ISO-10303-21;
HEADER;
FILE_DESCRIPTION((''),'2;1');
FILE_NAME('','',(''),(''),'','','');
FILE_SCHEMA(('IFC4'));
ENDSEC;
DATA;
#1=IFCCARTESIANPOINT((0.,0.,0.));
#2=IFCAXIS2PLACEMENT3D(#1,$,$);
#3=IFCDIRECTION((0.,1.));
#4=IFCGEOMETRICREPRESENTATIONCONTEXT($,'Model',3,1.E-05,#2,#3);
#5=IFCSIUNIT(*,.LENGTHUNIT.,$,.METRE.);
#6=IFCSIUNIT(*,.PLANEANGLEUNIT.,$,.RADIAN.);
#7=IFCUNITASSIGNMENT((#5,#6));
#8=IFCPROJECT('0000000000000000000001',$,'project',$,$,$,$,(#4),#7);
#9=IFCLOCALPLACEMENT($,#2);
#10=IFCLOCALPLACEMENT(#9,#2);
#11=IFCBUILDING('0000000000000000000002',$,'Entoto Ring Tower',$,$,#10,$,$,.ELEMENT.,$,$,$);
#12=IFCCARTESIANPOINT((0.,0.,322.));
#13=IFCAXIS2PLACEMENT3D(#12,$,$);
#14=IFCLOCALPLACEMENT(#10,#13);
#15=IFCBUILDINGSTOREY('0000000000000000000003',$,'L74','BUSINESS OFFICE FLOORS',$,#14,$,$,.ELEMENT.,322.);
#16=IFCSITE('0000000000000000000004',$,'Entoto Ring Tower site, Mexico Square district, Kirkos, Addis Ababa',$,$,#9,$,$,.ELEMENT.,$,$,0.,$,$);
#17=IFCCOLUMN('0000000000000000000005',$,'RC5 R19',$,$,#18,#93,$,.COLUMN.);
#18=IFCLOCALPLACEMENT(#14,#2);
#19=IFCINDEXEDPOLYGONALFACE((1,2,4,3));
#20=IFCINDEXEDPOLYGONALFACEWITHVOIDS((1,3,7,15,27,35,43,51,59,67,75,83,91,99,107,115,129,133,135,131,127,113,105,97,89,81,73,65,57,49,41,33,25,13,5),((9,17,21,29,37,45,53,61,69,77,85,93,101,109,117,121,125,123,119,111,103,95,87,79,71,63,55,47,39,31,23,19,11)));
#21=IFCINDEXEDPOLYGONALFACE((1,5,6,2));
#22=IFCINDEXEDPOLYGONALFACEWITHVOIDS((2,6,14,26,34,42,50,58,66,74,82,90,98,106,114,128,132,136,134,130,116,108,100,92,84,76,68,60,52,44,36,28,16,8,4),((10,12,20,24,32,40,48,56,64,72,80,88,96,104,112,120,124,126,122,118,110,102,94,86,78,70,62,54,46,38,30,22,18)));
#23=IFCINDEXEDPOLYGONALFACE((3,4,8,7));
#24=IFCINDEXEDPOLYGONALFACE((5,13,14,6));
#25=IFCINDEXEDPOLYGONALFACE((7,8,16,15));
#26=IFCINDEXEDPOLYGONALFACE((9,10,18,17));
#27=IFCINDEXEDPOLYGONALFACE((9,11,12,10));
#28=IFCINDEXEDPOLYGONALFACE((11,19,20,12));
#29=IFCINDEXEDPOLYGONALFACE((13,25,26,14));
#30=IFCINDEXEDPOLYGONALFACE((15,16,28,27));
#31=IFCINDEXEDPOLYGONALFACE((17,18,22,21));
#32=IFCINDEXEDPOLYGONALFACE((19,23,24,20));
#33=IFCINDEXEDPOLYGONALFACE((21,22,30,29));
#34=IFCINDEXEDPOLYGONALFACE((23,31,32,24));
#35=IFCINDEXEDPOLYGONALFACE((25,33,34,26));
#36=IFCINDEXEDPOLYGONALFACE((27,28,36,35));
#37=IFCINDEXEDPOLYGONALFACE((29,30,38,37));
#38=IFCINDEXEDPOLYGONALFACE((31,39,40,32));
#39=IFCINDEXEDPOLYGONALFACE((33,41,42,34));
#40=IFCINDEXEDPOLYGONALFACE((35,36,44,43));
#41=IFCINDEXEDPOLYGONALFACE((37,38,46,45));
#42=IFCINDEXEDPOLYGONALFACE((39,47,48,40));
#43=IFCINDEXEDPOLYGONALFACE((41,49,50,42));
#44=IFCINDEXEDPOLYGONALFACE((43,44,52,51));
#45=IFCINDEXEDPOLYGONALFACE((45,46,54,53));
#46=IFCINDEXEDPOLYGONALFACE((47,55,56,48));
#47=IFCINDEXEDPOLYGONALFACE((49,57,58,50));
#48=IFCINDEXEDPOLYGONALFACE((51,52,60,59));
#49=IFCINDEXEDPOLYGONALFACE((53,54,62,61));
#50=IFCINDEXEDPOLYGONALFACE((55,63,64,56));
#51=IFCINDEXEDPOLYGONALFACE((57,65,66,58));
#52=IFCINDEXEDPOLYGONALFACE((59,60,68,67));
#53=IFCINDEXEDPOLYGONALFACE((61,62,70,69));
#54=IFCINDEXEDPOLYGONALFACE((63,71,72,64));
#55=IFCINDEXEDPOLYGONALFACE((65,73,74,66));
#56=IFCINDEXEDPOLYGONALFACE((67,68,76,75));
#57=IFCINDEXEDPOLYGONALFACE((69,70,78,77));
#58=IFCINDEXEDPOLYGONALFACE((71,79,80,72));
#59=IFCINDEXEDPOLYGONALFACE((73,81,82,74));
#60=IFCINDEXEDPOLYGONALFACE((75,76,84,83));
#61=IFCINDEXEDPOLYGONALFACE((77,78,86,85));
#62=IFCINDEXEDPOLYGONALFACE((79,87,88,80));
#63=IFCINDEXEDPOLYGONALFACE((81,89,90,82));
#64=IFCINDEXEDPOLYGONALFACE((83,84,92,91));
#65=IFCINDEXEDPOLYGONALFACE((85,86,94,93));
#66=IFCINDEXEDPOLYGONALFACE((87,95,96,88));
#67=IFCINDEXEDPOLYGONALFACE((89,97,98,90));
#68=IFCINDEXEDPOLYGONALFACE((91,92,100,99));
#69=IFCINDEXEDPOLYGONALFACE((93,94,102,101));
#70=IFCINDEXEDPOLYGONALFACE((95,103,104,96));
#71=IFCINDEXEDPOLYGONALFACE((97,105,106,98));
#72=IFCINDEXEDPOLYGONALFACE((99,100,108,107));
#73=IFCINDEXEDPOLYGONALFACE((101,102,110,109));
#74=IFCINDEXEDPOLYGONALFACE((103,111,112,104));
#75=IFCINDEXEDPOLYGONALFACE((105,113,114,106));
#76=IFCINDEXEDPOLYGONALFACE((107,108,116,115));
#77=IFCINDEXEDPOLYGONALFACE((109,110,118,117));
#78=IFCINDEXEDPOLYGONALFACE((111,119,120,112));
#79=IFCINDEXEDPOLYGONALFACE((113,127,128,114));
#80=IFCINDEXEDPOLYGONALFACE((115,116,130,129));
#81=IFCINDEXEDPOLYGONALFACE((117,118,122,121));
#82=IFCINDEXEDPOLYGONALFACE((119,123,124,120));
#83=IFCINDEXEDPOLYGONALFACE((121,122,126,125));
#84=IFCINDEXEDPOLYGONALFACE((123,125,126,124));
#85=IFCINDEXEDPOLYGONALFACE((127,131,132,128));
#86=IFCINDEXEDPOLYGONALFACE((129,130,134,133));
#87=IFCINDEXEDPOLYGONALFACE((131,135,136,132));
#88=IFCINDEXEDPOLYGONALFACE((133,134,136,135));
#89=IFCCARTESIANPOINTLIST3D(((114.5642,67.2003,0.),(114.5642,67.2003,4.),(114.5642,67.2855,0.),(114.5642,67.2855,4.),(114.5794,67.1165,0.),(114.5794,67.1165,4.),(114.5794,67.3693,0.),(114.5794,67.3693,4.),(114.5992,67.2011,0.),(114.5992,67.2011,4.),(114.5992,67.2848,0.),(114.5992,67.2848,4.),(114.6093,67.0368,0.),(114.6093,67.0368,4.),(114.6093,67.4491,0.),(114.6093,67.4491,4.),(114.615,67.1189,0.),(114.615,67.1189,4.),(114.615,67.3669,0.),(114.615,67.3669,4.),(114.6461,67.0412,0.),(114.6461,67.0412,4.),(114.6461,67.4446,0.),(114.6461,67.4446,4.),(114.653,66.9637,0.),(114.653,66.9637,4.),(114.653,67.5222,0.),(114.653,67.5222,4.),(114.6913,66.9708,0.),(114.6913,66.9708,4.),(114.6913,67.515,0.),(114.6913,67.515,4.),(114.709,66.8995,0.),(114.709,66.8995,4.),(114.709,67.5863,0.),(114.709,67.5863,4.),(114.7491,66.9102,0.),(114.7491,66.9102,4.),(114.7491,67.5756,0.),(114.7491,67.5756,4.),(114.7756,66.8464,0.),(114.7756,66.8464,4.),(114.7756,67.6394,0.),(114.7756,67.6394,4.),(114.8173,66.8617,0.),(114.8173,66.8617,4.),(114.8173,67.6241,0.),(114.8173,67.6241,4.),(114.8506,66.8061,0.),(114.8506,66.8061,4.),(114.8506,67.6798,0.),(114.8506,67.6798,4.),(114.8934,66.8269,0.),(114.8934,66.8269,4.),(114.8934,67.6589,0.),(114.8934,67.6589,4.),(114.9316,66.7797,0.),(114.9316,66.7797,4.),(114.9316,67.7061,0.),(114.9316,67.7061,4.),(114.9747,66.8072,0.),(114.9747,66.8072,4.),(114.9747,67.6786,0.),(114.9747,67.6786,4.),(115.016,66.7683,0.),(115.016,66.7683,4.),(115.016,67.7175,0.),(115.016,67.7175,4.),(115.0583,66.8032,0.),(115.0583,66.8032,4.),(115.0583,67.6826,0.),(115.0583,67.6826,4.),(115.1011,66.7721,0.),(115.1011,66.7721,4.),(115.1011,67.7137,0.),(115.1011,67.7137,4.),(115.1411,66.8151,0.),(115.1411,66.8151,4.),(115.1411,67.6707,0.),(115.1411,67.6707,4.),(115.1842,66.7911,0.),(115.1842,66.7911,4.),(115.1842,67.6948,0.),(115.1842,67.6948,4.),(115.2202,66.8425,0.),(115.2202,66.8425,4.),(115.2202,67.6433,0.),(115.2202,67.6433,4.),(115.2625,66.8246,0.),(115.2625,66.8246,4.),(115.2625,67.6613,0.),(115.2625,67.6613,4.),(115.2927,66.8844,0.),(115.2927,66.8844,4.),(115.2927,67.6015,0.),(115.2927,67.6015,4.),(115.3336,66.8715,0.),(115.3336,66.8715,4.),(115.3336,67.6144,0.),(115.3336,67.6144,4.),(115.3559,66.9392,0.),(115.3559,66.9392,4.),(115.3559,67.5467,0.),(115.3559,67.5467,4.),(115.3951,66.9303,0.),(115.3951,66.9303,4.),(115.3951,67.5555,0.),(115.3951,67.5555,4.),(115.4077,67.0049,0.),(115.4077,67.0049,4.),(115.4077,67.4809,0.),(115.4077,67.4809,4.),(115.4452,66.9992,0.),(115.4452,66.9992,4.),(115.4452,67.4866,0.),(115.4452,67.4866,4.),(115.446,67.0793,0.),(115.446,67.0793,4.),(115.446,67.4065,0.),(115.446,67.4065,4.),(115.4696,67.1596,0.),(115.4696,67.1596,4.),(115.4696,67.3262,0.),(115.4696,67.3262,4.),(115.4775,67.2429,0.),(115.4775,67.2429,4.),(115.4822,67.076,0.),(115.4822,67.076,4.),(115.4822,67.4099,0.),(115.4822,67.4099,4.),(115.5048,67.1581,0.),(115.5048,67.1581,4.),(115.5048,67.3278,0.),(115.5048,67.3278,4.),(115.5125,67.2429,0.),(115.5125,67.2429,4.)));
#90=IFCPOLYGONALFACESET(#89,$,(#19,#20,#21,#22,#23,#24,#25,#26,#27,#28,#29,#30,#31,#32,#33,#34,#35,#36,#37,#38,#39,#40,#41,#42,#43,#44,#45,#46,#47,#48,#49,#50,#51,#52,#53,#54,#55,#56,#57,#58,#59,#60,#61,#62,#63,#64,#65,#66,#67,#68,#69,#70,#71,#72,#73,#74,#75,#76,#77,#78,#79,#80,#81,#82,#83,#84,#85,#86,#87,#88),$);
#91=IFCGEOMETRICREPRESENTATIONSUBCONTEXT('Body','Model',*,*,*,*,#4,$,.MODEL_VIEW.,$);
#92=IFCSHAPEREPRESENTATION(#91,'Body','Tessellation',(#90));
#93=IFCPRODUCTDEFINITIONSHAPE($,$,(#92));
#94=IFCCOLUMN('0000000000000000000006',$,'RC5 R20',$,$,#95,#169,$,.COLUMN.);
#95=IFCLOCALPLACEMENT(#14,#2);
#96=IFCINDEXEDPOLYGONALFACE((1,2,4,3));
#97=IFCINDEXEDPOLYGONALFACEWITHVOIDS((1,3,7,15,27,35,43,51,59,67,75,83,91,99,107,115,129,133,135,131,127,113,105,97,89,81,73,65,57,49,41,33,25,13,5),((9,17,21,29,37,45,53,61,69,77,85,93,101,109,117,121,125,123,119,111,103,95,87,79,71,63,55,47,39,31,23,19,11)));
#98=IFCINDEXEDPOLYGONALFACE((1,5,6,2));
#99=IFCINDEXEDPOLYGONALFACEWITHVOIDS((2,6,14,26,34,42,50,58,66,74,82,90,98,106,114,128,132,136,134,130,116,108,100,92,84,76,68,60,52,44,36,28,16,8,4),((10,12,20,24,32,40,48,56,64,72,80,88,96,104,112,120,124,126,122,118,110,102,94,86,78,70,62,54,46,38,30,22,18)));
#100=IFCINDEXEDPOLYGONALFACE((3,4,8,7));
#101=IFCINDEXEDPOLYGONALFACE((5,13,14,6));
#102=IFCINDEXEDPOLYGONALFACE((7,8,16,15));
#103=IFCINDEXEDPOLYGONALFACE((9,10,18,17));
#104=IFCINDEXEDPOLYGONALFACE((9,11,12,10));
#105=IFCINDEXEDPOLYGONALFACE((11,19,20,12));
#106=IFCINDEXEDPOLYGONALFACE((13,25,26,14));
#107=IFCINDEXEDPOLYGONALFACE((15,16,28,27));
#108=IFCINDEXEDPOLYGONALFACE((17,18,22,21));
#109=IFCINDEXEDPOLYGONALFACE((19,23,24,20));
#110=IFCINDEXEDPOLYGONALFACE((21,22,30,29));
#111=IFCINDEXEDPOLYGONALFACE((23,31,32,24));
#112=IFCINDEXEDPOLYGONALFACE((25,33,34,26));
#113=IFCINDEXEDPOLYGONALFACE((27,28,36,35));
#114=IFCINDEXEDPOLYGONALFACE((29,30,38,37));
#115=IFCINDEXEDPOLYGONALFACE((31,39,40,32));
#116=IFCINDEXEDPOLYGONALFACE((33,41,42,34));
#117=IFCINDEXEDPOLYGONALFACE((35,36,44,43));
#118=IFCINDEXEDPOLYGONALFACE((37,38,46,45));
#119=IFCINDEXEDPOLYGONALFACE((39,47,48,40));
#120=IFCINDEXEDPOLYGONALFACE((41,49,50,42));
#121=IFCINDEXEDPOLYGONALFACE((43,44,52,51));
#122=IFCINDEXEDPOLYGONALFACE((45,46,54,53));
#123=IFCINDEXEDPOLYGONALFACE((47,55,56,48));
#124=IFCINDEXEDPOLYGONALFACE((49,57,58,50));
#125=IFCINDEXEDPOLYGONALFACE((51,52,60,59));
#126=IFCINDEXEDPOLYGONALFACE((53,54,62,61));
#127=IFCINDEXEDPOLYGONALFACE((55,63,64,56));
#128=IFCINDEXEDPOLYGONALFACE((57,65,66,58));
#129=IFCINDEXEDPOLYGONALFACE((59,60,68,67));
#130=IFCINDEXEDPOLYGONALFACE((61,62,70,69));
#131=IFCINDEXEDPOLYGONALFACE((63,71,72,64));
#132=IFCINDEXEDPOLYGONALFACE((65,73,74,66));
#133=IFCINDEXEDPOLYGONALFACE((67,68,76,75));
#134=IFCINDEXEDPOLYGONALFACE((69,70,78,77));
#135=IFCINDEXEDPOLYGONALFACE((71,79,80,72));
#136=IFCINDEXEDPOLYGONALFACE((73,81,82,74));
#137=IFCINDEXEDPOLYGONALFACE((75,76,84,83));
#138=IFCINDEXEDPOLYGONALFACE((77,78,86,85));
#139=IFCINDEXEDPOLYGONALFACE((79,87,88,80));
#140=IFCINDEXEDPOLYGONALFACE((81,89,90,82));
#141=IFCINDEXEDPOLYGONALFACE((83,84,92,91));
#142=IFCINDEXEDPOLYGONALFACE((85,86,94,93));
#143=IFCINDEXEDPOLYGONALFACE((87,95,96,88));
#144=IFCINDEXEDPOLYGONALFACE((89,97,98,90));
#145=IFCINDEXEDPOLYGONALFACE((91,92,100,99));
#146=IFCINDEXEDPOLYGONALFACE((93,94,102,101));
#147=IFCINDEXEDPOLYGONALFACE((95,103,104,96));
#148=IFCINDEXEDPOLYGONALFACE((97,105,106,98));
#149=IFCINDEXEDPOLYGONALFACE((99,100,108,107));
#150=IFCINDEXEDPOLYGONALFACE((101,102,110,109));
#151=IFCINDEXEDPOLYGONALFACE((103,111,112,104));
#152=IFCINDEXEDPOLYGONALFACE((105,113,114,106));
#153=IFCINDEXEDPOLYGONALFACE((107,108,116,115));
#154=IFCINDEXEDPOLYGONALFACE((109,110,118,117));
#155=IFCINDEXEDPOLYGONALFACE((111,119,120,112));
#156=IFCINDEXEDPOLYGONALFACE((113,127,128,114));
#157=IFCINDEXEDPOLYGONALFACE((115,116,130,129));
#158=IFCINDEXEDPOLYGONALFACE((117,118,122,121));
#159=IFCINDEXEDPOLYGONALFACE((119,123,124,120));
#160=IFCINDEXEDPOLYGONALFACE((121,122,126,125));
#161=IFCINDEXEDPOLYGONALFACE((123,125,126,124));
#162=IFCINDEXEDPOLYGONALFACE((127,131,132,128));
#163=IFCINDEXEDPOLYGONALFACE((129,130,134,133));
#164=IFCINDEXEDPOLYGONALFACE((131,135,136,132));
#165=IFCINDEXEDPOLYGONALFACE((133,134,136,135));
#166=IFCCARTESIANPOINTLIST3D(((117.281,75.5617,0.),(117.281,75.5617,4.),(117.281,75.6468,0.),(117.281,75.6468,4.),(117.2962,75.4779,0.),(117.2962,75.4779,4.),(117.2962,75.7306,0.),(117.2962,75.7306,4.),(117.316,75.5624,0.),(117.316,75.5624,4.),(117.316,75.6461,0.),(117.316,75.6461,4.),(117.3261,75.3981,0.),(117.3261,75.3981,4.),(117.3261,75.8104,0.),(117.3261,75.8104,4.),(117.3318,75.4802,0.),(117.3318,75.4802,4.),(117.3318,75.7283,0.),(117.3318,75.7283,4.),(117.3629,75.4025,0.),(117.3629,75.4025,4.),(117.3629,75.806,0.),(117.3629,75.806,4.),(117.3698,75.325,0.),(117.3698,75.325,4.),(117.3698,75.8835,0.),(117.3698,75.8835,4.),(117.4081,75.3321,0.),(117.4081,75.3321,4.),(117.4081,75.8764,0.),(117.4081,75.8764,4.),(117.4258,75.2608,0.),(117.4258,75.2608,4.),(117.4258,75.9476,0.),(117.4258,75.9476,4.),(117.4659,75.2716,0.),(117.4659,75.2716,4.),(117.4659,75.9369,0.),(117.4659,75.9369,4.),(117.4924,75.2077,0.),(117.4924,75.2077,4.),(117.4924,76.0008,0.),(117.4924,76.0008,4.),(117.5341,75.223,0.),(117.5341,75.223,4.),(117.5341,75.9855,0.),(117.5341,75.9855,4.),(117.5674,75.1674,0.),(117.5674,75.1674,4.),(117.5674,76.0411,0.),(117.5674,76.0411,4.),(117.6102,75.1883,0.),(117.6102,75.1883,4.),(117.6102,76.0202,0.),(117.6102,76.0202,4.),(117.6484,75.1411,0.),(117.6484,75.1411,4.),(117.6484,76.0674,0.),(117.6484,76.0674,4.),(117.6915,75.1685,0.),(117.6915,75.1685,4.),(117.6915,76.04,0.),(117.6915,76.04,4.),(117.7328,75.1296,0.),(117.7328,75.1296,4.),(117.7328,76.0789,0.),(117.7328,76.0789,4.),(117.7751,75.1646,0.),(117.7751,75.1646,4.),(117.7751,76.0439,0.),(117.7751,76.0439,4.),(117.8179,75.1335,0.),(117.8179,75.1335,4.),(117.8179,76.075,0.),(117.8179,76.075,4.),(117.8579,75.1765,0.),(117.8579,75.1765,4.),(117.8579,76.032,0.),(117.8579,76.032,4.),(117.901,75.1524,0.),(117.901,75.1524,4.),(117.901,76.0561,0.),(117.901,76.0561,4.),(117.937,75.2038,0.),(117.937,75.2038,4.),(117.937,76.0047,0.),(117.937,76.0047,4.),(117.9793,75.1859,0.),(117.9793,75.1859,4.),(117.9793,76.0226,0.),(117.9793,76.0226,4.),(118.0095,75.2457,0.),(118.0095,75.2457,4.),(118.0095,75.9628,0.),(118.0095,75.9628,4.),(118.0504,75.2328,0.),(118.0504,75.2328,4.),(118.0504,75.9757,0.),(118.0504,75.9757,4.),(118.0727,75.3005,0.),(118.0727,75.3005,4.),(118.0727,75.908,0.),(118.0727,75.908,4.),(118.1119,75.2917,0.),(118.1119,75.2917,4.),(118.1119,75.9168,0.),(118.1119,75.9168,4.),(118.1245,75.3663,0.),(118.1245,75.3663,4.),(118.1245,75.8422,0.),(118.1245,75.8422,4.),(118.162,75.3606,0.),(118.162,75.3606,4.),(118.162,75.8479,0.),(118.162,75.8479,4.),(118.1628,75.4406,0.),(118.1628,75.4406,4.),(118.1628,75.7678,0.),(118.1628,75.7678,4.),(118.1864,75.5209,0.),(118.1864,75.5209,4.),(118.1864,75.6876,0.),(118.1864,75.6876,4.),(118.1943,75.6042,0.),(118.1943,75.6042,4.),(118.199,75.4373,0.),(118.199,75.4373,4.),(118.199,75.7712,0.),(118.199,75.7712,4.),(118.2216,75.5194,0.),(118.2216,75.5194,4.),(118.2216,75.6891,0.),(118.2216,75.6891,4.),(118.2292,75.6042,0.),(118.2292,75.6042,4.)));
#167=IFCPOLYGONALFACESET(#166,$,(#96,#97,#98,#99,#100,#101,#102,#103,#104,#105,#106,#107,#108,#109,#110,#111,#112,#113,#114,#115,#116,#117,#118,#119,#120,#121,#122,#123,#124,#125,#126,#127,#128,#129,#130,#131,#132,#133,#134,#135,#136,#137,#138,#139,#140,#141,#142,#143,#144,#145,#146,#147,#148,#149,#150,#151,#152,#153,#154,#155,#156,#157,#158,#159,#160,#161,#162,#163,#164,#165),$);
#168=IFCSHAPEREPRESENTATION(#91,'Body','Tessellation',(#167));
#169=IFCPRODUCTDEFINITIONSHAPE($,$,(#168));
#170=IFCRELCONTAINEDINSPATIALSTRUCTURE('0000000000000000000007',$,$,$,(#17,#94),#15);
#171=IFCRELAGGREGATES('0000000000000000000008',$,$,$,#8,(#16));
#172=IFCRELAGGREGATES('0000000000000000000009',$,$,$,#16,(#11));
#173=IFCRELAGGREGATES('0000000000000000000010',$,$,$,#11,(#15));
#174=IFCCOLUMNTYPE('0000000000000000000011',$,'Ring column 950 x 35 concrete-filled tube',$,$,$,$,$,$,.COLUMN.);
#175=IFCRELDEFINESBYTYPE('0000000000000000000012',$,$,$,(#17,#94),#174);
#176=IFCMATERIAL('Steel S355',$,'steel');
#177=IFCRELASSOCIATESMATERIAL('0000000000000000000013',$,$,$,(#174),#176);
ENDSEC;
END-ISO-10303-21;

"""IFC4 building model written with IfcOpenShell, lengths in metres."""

from ifc_helpers import new_model, si_unit, direction, frame, origin, origin_2d, place, context, subcontext, project, spatial, circle, hollow_circle, extrude, material, material_profile, profile_set, type_object, element, save


model = new_model("IFC4")

# Units and contexts
model_context = context("Model", 3, precision=1e-05, world=origin(), true_north=direction((0.0, 1.0)))
body_context = subcontext(model_context, "Body", "Model", "MODEL_VIEW")
ifc_project = project(units=[si_unit("LENGTHUNIT", "METRE"), si_unit("PLANEANGLEUNIT", "RADIAN")], contexts=[model_context])

# Site, building, storey
site_placement = place(None, origin())
site = spatial("IfcSite", under=ifc_project, at=site_placement, Name="Entoto Ring Tower site, Mexico Square district, Kirkos, Addis Ababa", CompositionType="ELEMENT", RefElevation=0.0)
building_placement = place(site_placement, origin())
building = spatial("IfcBuilding", under=site, at=building_placement, Name="Entoto Ring Tower", CompositionType="ELEMENT")
storey_placement = place(building_placement, frame((0.0, 0.0, 322.0)))
storey = spatial("IfcBuildingStorey", under=building, at=storey_placement, Name="L74", Description="BUSINESS OFFICE FLOORS", CompositionType="ELEMENT", Elevation=322.0)

# Columns
ifc_material_1 = material(Name="Steel S355", Category="steel")
ifc_material_profile_1 = material_profile(ifc_material_1, hollow_circle(Radius=0.4751, WallThickness=0.0349, at=origin_2d()), Name="CHS 950 x 35")
ifc_material_2 = material(Name="Concrete C60/75", Category="concrete")
ifc_material_profile_2 = material_profile(ifc_material_2, circle(Radius=0.4399, at=origin_2d()), Name="Concrete C60/75 infill")
ifc_profile_set_1 = profile_set([ifc_material_profile_1, ifc_material_profile_2], Name="Steel S355")
column_type = type_object("IfcColumnType", Name="Ring column 950 x 35 concrete-filled tube", PredefinedType="COLUMN", material=ifc_profile_set_1)
for number, where, z_axis, x_axis, name in (
    (1, (115.0374, 67.2429, 0.0), (0.0, 0.0, 1.0), (1.0, 0.0, 0.0), "RC5 R19"),
    (2, (117.7542, 75.6042, 0.0), (0.0, 0.0, 1.0), (1.0, 0.0, 0.0), "RC5 R20"),
):
    element("IfcColumn", number, at=place(storey_placement, frame(where, z_axis=z_axis, x_axis=x_axis)), inside=storey, type_object=column_type, Name=name, PredefinedType="COLUMN", context=body_context, shape_type="SweptSolid", body=[
        extrude(hollow_circle(Radius=0.4751, WallThickness=0.0349, at=origin_2d()), origin(), (0.0, 0.0, 1.0), 4.0),
    ])

save(model, "model.ifc")
